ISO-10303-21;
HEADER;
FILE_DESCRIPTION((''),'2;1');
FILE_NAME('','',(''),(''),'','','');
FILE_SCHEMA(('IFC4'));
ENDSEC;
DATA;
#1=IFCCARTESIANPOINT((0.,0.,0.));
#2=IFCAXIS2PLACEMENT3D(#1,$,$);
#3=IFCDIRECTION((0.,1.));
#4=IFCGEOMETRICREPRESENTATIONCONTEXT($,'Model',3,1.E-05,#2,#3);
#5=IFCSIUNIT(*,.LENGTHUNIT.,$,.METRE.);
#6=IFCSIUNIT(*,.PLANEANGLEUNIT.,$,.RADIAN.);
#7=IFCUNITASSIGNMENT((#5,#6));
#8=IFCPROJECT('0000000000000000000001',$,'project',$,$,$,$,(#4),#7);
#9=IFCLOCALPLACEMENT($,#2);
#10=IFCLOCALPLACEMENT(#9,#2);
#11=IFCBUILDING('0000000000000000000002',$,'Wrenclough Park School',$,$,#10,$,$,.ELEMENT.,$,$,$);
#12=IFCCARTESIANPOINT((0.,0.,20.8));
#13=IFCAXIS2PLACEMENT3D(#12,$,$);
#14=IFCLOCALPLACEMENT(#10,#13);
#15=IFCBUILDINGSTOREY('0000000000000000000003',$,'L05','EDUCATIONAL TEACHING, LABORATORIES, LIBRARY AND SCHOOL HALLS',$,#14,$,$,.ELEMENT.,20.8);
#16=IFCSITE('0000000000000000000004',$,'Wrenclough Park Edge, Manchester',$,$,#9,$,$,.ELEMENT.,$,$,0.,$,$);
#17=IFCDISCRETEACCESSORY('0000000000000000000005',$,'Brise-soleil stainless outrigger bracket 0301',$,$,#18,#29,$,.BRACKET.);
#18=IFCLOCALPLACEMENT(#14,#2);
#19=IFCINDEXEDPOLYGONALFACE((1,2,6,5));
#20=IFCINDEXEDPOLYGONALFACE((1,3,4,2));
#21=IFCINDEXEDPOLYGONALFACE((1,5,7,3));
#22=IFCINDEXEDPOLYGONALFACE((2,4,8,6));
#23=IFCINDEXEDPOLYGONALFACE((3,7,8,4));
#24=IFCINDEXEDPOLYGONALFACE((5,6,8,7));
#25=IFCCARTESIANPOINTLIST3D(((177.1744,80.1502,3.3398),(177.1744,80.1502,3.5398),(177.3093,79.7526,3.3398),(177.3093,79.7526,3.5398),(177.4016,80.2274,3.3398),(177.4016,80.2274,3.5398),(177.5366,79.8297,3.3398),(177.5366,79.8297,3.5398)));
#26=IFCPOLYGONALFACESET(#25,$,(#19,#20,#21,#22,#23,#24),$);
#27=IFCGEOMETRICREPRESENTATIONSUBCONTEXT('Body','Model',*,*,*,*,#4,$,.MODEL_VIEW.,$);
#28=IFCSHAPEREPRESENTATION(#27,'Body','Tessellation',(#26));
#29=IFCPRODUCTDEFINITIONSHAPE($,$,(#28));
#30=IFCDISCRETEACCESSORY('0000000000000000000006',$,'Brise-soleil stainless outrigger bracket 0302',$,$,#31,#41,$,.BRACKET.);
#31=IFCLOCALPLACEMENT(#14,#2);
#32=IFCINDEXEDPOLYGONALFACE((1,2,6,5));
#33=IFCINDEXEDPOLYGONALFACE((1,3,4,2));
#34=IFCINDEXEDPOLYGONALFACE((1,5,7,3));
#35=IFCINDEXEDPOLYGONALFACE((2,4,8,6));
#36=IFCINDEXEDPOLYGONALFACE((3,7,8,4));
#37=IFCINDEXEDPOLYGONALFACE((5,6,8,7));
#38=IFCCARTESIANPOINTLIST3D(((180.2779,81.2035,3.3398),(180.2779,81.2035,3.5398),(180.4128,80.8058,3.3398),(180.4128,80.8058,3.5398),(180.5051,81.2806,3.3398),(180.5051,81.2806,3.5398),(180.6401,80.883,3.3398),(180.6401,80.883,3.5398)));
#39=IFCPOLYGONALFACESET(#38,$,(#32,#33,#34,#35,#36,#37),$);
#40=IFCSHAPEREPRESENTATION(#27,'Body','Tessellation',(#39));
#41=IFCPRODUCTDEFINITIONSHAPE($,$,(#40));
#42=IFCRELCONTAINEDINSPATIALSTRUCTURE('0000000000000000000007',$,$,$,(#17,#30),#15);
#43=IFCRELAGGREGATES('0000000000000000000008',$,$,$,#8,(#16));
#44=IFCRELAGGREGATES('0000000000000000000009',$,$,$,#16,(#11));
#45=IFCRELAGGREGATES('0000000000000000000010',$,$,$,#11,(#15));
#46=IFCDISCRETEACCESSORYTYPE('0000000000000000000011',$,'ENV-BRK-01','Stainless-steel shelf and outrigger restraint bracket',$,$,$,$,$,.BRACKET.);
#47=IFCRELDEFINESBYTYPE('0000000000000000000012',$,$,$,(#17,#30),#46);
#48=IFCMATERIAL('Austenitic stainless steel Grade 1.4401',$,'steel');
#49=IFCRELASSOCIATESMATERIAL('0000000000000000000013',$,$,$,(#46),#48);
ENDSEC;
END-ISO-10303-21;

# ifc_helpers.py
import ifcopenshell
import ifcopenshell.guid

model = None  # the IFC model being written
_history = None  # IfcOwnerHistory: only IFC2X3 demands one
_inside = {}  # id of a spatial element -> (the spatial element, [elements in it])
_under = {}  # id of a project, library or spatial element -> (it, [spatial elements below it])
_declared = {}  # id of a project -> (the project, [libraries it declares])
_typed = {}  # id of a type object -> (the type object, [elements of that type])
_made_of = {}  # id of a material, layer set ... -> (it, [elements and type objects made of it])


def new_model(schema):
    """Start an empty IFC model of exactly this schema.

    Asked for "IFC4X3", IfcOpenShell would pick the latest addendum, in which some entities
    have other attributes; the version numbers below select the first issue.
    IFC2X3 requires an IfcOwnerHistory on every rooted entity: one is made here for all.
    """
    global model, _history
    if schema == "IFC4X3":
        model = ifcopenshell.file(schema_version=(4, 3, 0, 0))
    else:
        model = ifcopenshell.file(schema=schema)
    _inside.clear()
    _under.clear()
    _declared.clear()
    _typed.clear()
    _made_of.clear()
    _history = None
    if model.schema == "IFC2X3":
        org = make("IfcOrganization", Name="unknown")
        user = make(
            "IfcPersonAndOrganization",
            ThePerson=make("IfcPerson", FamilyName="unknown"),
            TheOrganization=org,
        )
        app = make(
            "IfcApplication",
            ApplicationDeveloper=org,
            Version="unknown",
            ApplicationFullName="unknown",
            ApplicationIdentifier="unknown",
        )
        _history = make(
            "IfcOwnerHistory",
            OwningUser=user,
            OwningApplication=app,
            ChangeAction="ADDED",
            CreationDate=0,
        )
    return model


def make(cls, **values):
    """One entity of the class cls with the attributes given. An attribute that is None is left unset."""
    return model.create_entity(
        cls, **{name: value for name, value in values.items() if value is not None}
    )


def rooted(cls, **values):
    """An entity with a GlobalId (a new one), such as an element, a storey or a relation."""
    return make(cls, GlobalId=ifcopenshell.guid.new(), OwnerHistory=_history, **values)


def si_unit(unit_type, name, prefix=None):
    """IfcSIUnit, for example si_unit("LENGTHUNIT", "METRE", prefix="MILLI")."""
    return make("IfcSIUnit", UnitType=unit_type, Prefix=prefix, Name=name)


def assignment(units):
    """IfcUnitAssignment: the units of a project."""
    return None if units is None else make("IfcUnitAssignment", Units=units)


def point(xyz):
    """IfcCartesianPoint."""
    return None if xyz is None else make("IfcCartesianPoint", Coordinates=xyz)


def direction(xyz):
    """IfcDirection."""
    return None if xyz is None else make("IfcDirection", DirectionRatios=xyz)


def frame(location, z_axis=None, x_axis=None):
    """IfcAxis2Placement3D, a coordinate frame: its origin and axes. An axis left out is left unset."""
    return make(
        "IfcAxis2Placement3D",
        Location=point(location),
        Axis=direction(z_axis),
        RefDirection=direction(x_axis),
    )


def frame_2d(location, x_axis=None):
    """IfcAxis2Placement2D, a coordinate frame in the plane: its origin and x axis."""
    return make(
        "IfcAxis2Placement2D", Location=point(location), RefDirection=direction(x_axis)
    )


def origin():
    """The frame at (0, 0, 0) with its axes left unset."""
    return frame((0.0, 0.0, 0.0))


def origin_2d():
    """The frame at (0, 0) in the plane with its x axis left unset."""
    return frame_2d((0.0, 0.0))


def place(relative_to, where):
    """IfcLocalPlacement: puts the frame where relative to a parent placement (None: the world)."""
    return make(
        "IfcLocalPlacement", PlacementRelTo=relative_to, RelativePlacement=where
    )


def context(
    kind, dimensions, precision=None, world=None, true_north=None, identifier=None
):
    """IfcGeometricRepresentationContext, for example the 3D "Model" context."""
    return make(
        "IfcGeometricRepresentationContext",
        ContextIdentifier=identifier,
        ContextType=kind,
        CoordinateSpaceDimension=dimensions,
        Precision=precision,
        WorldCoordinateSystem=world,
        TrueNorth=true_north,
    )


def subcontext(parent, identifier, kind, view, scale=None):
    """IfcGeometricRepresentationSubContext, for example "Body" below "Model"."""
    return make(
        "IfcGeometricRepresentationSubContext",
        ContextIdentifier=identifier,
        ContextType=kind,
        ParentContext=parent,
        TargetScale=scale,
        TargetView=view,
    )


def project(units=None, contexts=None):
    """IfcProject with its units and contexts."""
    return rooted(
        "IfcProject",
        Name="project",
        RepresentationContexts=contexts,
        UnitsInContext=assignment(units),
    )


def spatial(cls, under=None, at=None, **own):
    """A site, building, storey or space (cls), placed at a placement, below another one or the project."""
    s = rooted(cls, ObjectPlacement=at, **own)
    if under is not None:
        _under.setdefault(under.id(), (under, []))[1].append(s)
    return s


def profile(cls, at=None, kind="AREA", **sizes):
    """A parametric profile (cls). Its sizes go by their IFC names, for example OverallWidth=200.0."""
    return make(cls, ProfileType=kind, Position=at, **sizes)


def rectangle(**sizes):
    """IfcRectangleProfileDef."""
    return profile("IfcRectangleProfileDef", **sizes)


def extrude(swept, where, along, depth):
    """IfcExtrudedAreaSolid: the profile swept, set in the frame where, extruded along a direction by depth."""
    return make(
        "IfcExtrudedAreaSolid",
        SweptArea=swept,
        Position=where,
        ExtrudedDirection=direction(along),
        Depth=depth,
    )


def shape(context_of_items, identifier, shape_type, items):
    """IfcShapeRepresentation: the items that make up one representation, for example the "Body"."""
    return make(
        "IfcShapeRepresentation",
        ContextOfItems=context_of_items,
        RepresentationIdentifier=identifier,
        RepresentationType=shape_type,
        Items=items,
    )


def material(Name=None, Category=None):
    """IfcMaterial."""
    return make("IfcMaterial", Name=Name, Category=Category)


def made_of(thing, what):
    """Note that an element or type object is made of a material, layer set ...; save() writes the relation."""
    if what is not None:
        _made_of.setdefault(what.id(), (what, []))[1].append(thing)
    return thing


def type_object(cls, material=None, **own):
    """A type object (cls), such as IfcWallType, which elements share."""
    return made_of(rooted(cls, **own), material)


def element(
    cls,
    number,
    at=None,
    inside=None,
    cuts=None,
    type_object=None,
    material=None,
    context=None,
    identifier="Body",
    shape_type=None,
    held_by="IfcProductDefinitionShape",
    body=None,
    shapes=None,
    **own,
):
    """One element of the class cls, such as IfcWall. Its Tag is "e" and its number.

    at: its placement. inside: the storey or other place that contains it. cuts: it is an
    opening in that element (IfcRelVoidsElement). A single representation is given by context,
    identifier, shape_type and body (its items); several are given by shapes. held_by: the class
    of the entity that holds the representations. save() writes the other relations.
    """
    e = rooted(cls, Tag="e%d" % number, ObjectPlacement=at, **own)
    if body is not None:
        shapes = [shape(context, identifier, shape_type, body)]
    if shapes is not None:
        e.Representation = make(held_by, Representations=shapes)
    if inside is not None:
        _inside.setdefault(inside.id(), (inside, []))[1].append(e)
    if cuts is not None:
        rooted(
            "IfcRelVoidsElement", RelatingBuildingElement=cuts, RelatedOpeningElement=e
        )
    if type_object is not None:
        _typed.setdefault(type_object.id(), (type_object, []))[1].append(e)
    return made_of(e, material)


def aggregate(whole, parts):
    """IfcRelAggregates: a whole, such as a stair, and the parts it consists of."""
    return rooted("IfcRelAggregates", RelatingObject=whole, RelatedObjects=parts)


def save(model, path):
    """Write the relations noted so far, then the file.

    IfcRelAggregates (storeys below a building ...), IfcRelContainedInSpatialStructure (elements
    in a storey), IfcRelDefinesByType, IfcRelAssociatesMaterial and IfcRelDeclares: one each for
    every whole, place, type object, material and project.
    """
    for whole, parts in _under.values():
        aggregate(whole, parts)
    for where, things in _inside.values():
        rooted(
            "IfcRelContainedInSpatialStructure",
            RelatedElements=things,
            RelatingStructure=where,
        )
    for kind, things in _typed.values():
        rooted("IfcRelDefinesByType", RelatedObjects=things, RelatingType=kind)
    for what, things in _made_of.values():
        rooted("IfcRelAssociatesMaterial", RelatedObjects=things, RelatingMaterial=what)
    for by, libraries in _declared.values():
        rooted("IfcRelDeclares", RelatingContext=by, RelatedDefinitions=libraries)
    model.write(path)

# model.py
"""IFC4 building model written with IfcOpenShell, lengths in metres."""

from ifc_helpers import new_model, si_unit, direction, frame, origin, origin_2d, place, context, subcontext, project, spatial, rectangle, extrude, material, type_object, element, save


model = new_model("IFC4")

# Units and contexts
model_context = context("Model", 3, precision=1e-05, world=origin(), true_north=direction((0.0, 1.0)))
body_context = subcontext(model_context, "Body", "Model", "MODEL_VIEW")
ifc_project = project(units=[si_unit("LENGTHUNIT", "METRE"), si_unit("PLANEANGLEUNIT", "RADIAN")], contexts=[model_context])

# Site, building, storey
site_placement = place(None, origin())
site = spatial("IfcSite", under=ifc_project, at=site_placement, Name="Wrenclough Park Edge, Manchester", CompositionType="ELEMENT", RefElevation=0.0)
building_placement = place(site_placement, origin())
building = spatial("IfcBuilding", under=site, at=building_placement, Name="Wrenclough Park School", CompositionType="ELEMENT")
storey_placement = place(building_placement, frame((0.0, 0.0, 20.8)))
storey = spatial("IfcBuildingStorey", under=building, at=storey_placement, Name="L05", Description="EDUCATIONAL TEACHING, LABORATORIES, LIBRARY AND SCHOOL HALLS", CompositionType="ELEMENT", Elevation=20.8)

# Discrete accessories
ifc_material_1 = material(Name="Austenitic stainless steel Grade 1.4401", Category="steel")
discrete_accessory_type = type_object("IfcDiscreteAccessoryType", Name="ENV-BRK-01", Description="Stainless-steel shelf and outrigger restraint bracket", PredefinedType="BRACKET", material=ifc_material_1)
for number, where, z_axis, x_axis, name in (
    (1, (177.3555, 79.99, 3.3398), (0.0, 0.0, 1.0), (0.946934, 0.321429, 0.0), "Brise-soleil stainless outrigger bracket 0301"),
    (2, (180.459, 81.0432, 3.3398), (0.0, 0.0, 1.0), (0.946934, 0.321429, 0.0), "Brise-soleil stainless outrigger bracket 0302"),
):
    element("IfcDiscreteAccessory", number, at=place(storey_placement, frame(where, z_axis=z_axis, x_axis=x_axis)), inside=storey, type_object=discrete_accessory_type, Name=name, PredefinedType="BRACKET", context=body_context, shape_type="SweptSolid", body=[
        extrude(rectangle(XDim=0.24, YDim=0.4199, at=origin_2d()), origin(), (0.0, 0.0, 1.0), 0.2),
    ])

save(model, "model.ifc")
